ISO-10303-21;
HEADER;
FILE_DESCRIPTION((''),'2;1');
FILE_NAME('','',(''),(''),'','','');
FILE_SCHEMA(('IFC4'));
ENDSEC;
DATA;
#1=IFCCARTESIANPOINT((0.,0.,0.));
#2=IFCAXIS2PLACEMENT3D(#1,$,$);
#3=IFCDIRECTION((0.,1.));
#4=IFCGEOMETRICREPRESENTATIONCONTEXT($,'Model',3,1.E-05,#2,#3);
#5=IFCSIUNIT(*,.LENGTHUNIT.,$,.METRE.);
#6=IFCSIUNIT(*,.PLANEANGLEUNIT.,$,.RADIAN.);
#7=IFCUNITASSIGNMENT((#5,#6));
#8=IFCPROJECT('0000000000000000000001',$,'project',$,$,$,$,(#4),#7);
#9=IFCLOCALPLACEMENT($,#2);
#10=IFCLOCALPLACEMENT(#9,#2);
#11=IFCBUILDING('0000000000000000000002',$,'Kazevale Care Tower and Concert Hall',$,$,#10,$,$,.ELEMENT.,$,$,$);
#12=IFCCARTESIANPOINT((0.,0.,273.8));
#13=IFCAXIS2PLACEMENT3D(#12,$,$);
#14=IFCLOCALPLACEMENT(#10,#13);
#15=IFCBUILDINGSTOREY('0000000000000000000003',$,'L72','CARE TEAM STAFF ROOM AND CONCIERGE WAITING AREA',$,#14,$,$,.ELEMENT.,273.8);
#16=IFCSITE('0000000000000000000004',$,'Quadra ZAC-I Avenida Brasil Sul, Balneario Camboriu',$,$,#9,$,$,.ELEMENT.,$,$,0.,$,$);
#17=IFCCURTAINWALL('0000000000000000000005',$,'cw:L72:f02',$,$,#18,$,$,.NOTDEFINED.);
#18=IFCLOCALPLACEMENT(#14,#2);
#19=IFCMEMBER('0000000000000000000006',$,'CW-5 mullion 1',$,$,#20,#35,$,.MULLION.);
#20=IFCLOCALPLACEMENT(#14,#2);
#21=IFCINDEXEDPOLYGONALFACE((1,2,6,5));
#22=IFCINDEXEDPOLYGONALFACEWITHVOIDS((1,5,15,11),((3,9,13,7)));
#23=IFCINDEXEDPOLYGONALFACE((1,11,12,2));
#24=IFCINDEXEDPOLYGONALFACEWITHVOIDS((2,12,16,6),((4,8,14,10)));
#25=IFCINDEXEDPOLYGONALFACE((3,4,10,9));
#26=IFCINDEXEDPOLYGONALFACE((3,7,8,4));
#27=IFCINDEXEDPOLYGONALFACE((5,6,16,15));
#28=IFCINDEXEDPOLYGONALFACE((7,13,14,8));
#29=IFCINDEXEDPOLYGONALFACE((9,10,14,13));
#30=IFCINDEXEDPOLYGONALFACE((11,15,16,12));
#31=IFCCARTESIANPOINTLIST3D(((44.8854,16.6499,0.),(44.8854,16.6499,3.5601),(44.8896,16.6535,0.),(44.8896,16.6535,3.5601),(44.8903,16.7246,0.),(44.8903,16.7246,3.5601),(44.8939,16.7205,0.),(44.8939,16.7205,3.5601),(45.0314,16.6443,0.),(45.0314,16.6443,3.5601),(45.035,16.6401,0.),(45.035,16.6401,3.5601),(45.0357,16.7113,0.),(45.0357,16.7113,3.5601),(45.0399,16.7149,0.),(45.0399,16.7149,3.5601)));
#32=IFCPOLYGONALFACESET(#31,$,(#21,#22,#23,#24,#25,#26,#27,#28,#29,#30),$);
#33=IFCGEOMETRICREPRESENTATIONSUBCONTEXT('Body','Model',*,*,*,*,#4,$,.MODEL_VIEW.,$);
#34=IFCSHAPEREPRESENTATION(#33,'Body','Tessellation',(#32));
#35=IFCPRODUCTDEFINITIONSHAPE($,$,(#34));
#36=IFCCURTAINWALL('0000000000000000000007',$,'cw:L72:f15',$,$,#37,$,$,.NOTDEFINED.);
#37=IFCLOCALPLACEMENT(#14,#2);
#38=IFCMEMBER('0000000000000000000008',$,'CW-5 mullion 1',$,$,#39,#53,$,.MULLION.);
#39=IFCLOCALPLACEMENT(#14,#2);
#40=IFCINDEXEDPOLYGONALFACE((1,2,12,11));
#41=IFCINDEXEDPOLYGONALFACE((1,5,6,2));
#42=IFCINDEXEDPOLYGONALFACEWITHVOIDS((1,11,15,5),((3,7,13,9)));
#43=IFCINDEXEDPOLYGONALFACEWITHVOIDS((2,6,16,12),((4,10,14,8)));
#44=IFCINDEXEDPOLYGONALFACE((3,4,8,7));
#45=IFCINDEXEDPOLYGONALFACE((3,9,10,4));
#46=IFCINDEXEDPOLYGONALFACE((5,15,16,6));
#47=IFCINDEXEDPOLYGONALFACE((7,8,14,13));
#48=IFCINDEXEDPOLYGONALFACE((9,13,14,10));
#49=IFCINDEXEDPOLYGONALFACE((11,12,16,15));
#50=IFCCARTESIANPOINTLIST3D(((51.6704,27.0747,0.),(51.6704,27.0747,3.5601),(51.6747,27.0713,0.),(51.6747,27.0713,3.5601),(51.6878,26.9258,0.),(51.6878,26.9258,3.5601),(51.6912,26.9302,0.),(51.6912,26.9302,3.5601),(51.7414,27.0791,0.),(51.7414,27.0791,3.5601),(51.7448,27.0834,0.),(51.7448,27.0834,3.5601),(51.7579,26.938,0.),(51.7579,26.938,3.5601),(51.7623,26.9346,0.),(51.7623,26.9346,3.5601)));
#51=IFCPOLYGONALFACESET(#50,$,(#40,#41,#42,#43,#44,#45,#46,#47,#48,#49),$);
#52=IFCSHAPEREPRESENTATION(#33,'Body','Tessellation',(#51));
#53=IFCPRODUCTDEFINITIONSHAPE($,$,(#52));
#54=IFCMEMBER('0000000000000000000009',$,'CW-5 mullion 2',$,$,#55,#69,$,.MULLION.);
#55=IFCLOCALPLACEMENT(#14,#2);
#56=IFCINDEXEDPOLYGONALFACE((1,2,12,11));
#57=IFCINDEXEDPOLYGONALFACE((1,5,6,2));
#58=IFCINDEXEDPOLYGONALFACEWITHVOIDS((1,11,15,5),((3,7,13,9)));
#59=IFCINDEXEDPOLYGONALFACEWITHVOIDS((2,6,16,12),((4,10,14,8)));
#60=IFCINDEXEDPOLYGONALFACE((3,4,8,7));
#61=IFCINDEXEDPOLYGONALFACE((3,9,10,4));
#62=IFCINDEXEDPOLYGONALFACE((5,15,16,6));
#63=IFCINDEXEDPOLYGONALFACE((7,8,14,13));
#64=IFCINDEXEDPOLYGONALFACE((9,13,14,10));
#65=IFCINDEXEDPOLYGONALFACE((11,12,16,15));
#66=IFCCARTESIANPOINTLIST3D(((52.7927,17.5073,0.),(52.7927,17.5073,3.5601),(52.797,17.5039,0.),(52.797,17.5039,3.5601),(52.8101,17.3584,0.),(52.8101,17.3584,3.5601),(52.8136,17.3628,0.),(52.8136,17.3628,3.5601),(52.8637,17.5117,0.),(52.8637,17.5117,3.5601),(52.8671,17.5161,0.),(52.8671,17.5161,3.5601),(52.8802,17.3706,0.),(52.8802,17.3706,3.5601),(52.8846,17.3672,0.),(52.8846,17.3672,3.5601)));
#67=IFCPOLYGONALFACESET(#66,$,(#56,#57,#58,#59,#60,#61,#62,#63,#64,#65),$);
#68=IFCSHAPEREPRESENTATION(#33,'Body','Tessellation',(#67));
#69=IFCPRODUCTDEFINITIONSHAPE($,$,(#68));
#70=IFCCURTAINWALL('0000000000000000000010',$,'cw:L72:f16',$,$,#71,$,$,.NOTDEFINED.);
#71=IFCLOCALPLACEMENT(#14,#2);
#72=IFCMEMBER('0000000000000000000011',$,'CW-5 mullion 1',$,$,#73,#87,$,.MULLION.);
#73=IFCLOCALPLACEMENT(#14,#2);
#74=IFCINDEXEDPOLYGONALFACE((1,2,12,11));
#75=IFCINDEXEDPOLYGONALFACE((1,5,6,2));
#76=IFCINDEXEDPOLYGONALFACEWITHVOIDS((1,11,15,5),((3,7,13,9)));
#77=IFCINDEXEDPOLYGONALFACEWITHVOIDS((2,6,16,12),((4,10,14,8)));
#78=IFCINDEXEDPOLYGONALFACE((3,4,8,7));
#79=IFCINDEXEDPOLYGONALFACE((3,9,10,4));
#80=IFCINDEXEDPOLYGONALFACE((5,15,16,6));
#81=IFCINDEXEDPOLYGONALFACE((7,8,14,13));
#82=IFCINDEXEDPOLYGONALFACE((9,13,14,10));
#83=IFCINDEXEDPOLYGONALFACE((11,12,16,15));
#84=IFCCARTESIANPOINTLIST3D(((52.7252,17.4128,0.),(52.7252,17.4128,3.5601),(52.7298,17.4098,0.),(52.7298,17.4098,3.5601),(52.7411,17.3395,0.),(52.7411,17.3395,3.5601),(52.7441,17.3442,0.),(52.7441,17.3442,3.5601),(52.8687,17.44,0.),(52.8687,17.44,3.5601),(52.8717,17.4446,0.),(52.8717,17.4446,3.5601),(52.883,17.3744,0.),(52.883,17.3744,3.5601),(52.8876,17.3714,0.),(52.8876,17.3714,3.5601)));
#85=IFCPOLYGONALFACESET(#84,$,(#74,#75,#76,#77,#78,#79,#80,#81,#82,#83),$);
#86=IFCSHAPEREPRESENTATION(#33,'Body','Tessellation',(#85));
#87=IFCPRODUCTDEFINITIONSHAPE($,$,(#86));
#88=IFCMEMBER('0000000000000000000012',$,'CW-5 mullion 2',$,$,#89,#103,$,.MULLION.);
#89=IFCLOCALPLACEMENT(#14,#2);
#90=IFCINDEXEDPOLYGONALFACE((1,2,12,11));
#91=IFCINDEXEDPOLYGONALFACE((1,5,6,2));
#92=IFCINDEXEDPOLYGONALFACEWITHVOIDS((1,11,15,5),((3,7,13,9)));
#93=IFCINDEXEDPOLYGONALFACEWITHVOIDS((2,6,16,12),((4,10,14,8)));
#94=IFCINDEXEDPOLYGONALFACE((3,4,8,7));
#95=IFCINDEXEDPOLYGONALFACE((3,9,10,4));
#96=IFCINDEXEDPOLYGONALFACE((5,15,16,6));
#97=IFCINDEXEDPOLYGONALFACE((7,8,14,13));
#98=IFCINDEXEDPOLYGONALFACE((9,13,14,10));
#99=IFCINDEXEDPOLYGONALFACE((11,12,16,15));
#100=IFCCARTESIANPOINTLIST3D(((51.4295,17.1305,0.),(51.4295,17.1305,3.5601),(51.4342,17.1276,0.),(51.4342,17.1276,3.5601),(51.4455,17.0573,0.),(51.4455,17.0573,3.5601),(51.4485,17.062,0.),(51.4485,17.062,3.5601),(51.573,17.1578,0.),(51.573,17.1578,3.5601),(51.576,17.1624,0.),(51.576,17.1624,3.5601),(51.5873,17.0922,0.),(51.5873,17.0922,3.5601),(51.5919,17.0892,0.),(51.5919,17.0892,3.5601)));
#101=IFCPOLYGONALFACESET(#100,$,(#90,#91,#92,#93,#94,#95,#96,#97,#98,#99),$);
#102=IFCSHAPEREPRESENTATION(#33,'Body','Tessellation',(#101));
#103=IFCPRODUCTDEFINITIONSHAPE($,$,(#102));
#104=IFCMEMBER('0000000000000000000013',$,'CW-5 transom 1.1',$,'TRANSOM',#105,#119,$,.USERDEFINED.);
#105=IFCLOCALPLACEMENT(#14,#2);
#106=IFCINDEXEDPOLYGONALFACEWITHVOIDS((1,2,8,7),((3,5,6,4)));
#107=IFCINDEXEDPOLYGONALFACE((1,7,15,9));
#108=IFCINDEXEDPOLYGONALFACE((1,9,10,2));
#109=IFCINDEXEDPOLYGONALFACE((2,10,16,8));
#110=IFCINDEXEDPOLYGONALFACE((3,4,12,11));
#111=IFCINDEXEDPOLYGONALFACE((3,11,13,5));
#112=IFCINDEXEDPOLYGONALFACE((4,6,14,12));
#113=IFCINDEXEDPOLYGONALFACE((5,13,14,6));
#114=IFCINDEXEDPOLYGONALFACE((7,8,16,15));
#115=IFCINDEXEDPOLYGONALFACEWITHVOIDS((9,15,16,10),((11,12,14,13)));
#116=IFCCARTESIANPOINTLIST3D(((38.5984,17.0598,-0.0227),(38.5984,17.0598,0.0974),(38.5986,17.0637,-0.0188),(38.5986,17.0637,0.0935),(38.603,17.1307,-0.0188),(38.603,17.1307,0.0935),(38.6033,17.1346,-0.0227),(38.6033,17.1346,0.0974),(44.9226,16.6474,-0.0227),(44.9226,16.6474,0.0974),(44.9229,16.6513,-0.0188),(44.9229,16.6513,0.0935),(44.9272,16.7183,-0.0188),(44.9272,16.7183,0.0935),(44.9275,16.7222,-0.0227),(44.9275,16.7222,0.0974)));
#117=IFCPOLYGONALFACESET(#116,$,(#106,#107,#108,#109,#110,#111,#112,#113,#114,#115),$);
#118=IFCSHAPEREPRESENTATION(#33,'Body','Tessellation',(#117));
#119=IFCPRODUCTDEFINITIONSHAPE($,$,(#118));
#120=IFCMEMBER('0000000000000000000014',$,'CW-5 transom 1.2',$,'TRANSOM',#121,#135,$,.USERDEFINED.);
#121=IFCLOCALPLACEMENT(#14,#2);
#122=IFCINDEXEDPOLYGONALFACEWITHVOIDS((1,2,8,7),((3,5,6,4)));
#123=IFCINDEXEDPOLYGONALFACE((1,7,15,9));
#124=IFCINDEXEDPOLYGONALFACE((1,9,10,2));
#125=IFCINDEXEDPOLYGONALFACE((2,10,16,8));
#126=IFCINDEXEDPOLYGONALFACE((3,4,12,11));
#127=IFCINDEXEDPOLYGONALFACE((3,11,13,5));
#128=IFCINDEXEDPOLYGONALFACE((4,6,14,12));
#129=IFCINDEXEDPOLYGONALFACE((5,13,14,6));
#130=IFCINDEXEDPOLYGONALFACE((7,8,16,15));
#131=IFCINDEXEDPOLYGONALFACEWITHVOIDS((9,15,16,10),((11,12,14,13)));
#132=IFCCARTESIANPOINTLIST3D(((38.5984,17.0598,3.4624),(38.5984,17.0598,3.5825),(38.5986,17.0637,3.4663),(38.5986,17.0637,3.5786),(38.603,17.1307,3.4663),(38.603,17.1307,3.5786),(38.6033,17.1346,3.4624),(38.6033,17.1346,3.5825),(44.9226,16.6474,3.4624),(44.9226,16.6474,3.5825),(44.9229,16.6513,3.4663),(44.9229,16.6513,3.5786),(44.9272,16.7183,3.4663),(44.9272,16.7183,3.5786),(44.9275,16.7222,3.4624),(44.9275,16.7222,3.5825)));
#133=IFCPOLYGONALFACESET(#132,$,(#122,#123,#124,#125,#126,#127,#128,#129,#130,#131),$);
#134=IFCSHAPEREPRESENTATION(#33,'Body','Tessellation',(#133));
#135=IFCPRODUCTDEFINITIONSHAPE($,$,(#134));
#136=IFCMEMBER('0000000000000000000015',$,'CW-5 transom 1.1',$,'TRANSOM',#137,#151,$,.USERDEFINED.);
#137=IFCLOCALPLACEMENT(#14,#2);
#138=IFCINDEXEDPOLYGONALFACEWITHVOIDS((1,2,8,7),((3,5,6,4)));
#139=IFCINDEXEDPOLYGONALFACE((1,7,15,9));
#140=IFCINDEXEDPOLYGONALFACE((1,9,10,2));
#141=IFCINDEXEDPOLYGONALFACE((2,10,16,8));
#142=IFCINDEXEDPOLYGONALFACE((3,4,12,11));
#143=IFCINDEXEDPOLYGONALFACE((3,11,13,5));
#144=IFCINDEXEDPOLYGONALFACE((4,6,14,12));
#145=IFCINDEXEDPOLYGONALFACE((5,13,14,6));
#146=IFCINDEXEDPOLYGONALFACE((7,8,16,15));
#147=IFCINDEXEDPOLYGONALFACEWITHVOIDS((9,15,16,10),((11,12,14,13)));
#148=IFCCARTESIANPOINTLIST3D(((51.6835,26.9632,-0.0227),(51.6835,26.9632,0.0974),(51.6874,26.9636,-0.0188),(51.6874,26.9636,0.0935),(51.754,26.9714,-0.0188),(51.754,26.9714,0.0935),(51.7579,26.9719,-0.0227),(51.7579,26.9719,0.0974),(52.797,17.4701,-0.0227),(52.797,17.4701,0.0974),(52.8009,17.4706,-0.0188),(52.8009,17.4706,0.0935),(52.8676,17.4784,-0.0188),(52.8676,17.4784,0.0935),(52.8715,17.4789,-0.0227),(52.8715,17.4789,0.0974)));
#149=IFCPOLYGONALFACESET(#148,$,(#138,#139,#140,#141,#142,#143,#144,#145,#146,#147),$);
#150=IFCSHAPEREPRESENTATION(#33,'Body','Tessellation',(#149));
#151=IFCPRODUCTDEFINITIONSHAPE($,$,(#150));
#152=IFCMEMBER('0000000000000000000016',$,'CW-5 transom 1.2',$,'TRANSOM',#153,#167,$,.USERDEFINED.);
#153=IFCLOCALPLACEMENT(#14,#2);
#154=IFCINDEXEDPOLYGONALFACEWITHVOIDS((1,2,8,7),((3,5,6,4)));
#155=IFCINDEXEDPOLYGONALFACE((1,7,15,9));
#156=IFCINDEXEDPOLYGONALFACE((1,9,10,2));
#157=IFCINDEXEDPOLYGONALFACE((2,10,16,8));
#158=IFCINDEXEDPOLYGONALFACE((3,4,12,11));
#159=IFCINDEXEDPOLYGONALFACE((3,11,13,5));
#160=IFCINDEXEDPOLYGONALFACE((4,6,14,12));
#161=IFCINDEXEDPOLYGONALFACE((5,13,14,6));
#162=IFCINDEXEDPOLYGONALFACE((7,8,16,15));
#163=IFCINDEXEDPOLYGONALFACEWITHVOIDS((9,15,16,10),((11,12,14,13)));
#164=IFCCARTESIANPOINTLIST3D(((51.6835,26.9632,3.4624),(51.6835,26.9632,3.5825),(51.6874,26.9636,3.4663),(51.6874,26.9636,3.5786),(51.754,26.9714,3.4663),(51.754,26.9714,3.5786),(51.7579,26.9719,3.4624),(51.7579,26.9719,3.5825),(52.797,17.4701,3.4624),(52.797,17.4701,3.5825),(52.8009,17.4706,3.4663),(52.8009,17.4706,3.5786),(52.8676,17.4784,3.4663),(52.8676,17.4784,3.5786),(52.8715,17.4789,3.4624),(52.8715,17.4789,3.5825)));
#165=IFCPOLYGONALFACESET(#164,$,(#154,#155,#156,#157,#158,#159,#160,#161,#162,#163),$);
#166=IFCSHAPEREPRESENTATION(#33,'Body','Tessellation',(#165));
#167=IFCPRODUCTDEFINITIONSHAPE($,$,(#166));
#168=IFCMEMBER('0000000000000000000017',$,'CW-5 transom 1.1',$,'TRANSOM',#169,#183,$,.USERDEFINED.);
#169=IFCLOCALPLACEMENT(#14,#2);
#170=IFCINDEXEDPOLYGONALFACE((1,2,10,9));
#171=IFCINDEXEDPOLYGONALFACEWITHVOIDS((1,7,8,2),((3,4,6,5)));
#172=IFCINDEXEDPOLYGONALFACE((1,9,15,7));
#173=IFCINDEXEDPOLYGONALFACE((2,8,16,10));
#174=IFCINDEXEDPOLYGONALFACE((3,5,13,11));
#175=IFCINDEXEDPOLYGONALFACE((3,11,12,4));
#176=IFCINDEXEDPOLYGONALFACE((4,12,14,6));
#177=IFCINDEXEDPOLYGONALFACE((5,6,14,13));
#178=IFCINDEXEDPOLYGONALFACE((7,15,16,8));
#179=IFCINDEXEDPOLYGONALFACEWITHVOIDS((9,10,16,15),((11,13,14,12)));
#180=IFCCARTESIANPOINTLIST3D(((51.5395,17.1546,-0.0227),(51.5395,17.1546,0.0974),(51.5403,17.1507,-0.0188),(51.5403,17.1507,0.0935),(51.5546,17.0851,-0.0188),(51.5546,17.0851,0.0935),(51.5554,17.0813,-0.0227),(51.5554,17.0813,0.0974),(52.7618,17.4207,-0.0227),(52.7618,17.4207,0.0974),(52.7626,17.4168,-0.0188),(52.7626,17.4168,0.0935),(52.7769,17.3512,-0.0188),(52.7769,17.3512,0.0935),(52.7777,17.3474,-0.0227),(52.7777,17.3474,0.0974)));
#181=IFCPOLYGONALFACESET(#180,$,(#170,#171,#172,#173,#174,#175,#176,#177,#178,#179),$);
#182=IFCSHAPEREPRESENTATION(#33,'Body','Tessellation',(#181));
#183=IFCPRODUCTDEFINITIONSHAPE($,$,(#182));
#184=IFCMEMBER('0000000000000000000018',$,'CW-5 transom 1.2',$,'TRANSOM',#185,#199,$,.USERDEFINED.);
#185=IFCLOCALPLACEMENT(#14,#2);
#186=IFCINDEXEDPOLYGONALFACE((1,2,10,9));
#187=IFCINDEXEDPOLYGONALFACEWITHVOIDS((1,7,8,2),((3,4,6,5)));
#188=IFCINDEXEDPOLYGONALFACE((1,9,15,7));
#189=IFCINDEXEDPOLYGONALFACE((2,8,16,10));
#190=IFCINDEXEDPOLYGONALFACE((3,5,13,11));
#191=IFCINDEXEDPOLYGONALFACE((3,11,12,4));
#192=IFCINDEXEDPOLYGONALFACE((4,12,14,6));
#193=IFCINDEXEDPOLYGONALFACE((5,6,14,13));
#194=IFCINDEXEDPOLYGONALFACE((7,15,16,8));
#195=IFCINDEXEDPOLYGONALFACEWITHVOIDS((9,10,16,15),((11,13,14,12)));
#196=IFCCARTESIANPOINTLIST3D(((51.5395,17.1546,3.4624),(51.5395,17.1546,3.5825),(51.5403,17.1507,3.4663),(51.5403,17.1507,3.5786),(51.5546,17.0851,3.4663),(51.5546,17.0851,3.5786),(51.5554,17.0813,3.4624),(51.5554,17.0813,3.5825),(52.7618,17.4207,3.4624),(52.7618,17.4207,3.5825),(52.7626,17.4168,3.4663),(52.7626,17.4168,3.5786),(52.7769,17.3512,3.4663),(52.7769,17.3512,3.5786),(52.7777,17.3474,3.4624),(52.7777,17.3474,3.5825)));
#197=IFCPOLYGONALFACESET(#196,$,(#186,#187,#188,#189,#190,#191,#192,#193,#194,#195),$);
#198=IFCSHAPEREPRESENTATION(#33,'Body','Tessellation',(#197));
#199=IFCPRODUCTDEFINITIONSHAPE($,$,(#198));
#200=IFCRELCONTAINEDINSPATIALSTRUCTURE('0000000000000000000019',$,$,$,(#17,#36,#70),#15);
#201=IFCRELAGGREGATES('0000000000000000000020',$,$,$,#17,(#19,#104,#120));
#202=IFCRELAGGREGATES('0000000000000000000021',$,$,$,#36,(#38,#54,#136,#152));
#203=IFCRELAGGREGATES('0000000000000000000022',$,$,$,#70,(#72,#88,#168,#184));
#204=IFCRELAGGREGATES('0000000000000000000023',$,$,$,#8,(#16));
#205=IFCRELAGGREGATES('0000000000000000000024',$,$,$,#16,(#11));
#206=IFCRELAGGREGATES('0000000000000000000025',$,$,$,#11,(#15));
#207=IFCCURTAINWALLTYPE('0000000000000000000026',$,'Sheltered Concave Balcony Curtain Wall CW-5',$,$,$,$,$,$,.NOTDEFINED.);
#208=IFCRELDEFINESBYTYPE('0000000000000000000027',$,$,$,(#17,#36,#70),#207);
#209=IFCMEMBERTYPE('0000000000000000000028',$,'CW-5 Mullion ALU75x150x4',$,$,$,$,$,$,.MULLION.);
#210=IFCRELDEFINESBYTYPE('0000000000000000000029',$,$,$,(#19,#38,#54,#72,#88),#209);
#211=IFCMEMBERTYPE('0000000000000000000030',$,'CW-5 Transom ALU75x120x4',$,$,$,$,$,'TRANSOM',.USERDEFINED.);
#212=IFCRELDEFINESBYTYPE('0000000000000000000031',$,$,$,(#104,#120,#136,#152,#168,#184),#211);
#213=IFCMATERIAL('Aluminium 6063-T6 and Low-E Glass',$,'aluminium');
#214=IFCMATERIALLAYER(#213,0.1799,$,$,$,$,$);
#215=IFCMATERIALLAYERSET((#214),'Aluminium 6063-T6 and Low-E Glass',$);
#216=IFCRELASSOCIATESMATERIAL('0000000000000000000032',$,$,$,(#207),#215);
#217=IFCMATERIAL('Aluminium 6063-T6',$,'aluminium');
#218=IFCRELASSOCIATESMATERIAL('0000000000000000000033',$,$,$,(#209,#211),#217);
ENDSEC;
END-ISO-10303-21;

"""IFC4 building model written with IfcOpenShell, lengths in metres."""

from ifc_helpers import new_model, si_unit, direction, frame, origin, origin_2d, place, context, subcontext, project, spatial, hollow_rectangle, extrude, material, layer, layer_set, material_profile, profile_set, type_object, element, aggregate, save


model = new_model("IFC4")

# Units and contexts
model_context = context("Model", 3, precision=1e-05, world=origin(), true_north=direction((0.0, 1.0)))
body_context = subcontext(model_context, "Body", "Model", "MODEL_VIEW")
ifc_project = project(units=[si_unit("LENGTHUNIT", "METRE"), si_unit("PLANEANGLEUNIT", "RADIAN")], contexts=[model_context])

# Site, building, storey
site_placement = place(None, origin())
site = spatial("IfcSite", under=ifc_project, at=site_placement, Name="Quadra ZAC-I Avenida Brasil Sul, Balneario Camboriu", CompositionType="ELEMENT", RefElevation=0.0)
building_placement = place(site_placement, origin())
building = spatial("IfcBuilding", under=site, at=building_placement, Name="Kazevale Care Tower and Concert Hall", CompositionType="ELEMENT")
storey_placement = place(building_placement, frame((0.0, 0.0, 273.8)))
storey = spatial("IfcBuildingStorey", under=building, at=storey_placement, Name="L72", Description="CARE TEAM STAFF ROOM AND CONCIERGE WAITING AREA", CompositionType="ELEMENT", Elevation=273.8)

# Curtain wall, member
ifc_material_1 = material(Name="Aluminium 6063-T6 and Low-E Glass", Category="aluminium")
ifc_material_2 = material(Name="Aluminium 6063-T6", Category="aluminium")
ifc_layer_1 = layer(ifc_material_1, 0.1799)
ifc_layer_set_1 = layer_set([ifc_layer_1], Name="Aluminium 6063-T6 and Low-E Glass")
curtain_wall_type_1 = type_object("IfcCurtainWallType", Name="Sheltered Concave Balcony Curtain Wall CW-5", PredefinedType="NOTDEFINED", material=ifc_layer_set_1)
curtain_wall_1_placement = place(storey_placement, origin())
curtain_wall_1 = element("IfcCurtainWall", 1, at=curtain_wall_1_placement, inside=storey, type_object=curtain_wall_type_1, Name="cw:L72:f02", PredefinedType="NOTDEFINED")
ifc_material_profile_1 = material_profile(ifc_material_2, hollow_rectangle(XDim=0.075, YDim=0.1499, WallThickness=0.0039, at=origin_2d()), Name="ALU75x150x4")
ifc_profile_set_1 = profile_set([ifc_material_profile_1], Name="Aluminium 6063-T6")
member_type_1 = type_object("IfcMemberType", Name="CW-5 Mullion ALU75x150x4", PredefinedType="MULLION", material=ifc_profile_set_1)
member_1_placement = place(storey_placement, frame((44.9626, 16.6824, 0.0), z_axis=(0.0, 0.0, 1.0), x_axis=(-0.065046, -0.997882, 0.0)))
member_1 = element("IfcMember", 2, at=member_1_placement, type_object=member_type_1, Name="CW-5 mullion 1", PredefinedType="MULLION", context=body_context, shape_type="SweptSolid", body=[
    extrude(hollow_rectangle(XDim=0.075, YDim=0.1499, WallThickness=0.0039, at=origin_2d()), origin(), (0.0, 0.0, 1.0), 3.5601),
])

# Curtain walls, members
curtain_wall_2_placement = place(storey_placement, origin())
curtain_wall_2 = element("IfcCurtainWall", 3, at=curtain_wall_2_placement, inside=storey, type_object=curtain_wall_type_1, Name="cw:L72:f15", PredefinedType="NOTDEFINED")
member_2_placement = place(storey_placement, frame((51.7163, 27.0046, 0.0), z_axis=(0.0, 0.0, 1.0), x_axis=(0.993191, 0.116501, 0.0)))
member_2 = element("IfcMember", 4, at=member_2_placement, type_object=member_type_1, Name="CW-5 mullion 1", PredefinedType="MULLION", context=body_context, shape_type="SweptSolid", body=[
    extrude(hollow_rectangle(XDim=0.075, YDim=0.1499, WallThickness=0.0039, at=origin_2d()), origin(), (0.0, 0.0, 1.0), 3.5601),
])
member_3_placement = place(storey_placement, frame((52.8386, 17.4373, 0.0), z_axis=(0.0, 0.0, 1.0), x_axis=(0.993191, 0.116501, 0.0)))
member_3 = element("IfcMember", 5, at=member_3_placement, type_object=member_type_1, Name="CW-5 mullion 2", PredefinedType="MULLION", context=body_context, shape_type="SweptSolid", body=[
    extrude(hollow_rectangle(XDim=0.075, YDim=0.1499, WallThickness=0.0039, at=origin_2d()), origin(), (0.0, 0.0, 1.0), 3.5601),
])
curtain_wall_3_placement = place(storey_placement, origin())
curtain_wall_3 = element("IfcCurtainWall", 6, at=curtain_wall_3_placement, inside=storey, type_object=curtain_wall_type_1, Name="cw:L72:f16", PredefinedType="NOTDEFINED")
member_4_placement = place(storey_placement, frame((52.8064, 17.3921, 0.0), z_axis=(0.0, 0.0, 1.0), x_axis=(0.212696, -0.977118, 0.0)))
member_4 = element("IfcMember", 7, at=member_4_placement, type_object=member_type_1, Name="CW-5 mullion 1", PredefinedType="MULLION", context=body_context, shape_type="SweptSolid", body=[
    extrude(hollow_rectangle(XDim=0.075, YDim=0.1499, WallThickness=0.0039, at=origin_2d()), origin(), (0.0, 0.0, 1.0), 3.5601),
])
member_5_placement = place(storey_placement, frame((51.5107, 17.1099, 0.0), z_axis=(0.0, 0.0, 1.0), x_axis=(0.212696, -0.977118, 0.0)))
member_5 = element("IfcMember", 8, at=member_5_placement, type_object=member_type_1, Name="CW-5 mullion 2", PredefinedType="MULLION", context=body_context, shape_type="SweptSolid", body=[
    extrude(hollow_rectangle(XDim=0.075, YDim=0.1499, WallThickness=0.0039, at=origin_2d()), origin(), (0.0, 0.0, 1.0), 3.5601),
])

# Members
ifc_material_profile_2 = material_profile(ifc_material_2, hollow_rectangle(XDim=0.075, YDim=0.1201, WallThickness=0.0039, at=origin_2d()), Name="ALU75x120x4")
ifc_profile_set_2 = profile_set([ifc_material_profile_2], Name="Aluminium 6063-T6")
member_type_2 = type_object("IfcMemberType", Name="CW-5 Transom ALU75x120x4", ElementType="TRANSOM", PredefinedType="USERDEFINED", material=ifc_profile_set_2)
member_6_placement = place(storey_placement, frame((44.925, 16.6848, 0.0374), z_axis=(-0.997881, 0.065064, 0.0), x_axis=(-0.065064, -0.997881, 0.0)))
member_6 = element("IfcMember", 9, at=member_6_placement, type_object=member_type_2, Name="CW-5 transom 1.1", ObjectType="TRANSOM", PredefinedType="USERDEFINED", context=body_context, shape_type="SweptSolid", body=[
    extrude(hollow_rectangle(XDim=0.075, YDim=0.1201, WallThickness=0.0039, at=origin_2d()), origin(), (0.0, 0.0, 1.0), 6.3376),
])
member_7_placement = place(storey_placement, frame((44.925, 16.6848, 3.5225), z_axis=(-0.997881, 0.065064, 0.0), x_axis=(-0.065064, -0.997881, 0.0)))
member_7 = element("IfcMember", 10, at=member_7_placement, type_object=member_type_2, Name="CW-5 transom 1.2", ObjectType="TRANSOM", PredefinedType="USERDEFINED", context=body_context, shape_type="SweptSolid", body=[
    extrude(hollow_rectangle(XDim=0.075, YDim=0.1201, WallThickness=0.0039, at=origin_2d()), origin(), (0.0, 0.0, 1.0), 6.3376),
])
aggregate(curtain_wall_1, [member_1, member_6, member_7])
member_8_placement = place(storey_placement, frame((51.7207, 26.9675, 0.0374), z_axis=(0.116502, -0.99319, 0.0), x_axis=(0.99319, 0.116502, 0.0)))
member_8 = element("IfcMember", 11, at=member_8_placement, type_object=member_type_2, Name="CW-5 transom 1.1", ObjectType="TRANSOM", PredefinedType="USERDEFINED", context=body_context, shape_type="SweptSolid", body=[
    extrude(hollow_rectangle(XDim=0.075, YDim=0.1201, WallThickness=0.0039, at=origin_2d()), origin(), (0.0, 0.0, 1.0), 9.5581),
])
member_9_placement = place(storey_placement, frame((51.7207, 26.9675, 3.5225), z_axis=(0.116502, -0.99319, 0.0), x_axis=(0.99319, 0.116502, 0.0)))
member_9 = element("IfcMember", 12, at=member_9_placement, type_object=member_type_2, Name="CW-5 transom 1.2", ObjectType="TRANSOM", PredefinedType="USERDEFINED", context=body_context, shape_type="SweptSolid", body=[
    extrude(hollow_rectangle(XDim=0.075, YDim=0.1201, WallThickness=0.0039, at=origin_2d()), origin(), (0.0, 0.0, 1.0), 9.5581),
])
member_10_placement = place(storey_placement, frame((52.7698, 17.384, 0.0374), z_axis=(-0.977115, -0.212713, 0.0), x_axis=(0.212713, -0.977115, 0.0)))
member_10 = element("IfcMember", 13, at=member_10_placement, type_object=member_type_2, Name="CW-5 transom 1.1", ObjectType="TRANSOM", PredefinedType="USERDEFINED", context=body_context, shape_type="SweptSolid", body=[
    extrude(hollow_rectangle(XDim=0.075, YDim=0.1201, WallThickness=0.0039, at=origin_2d()), origin(), (0.0, 0.0, 1.0), 1.251),
])
member_11_placement = place(storey_placement, frame((52.7698, 17.384, 3.5225), z_axis=(-0.977115, -0.212713, 0.0), x_axis=(0.212713, -0.977115, 0.0)))
member_11 = element("IfcMember", 14, at=member_11_placement, type_object=member_type_2, Name="CW-5 transom 1.2", ObjectType="TRANSOM", PredefinedType="USERDEFINED", context=body_context, shape_type="SweptSolid", body=[
    extrude(hollow_rectangle(XDim=0.075, YDim=0.1201, WallThickness=0.0039, at=origin_2d()), origin(), (0.0, 0.0, 1.0), 1.251),
])

aggregate(curtain_wall_2, [member_2, member_3, member_8, member_9])
aggregate(curtain_wall_3, [member_4, member_5, member_10, member_11])

save(model, "model.ifc")
